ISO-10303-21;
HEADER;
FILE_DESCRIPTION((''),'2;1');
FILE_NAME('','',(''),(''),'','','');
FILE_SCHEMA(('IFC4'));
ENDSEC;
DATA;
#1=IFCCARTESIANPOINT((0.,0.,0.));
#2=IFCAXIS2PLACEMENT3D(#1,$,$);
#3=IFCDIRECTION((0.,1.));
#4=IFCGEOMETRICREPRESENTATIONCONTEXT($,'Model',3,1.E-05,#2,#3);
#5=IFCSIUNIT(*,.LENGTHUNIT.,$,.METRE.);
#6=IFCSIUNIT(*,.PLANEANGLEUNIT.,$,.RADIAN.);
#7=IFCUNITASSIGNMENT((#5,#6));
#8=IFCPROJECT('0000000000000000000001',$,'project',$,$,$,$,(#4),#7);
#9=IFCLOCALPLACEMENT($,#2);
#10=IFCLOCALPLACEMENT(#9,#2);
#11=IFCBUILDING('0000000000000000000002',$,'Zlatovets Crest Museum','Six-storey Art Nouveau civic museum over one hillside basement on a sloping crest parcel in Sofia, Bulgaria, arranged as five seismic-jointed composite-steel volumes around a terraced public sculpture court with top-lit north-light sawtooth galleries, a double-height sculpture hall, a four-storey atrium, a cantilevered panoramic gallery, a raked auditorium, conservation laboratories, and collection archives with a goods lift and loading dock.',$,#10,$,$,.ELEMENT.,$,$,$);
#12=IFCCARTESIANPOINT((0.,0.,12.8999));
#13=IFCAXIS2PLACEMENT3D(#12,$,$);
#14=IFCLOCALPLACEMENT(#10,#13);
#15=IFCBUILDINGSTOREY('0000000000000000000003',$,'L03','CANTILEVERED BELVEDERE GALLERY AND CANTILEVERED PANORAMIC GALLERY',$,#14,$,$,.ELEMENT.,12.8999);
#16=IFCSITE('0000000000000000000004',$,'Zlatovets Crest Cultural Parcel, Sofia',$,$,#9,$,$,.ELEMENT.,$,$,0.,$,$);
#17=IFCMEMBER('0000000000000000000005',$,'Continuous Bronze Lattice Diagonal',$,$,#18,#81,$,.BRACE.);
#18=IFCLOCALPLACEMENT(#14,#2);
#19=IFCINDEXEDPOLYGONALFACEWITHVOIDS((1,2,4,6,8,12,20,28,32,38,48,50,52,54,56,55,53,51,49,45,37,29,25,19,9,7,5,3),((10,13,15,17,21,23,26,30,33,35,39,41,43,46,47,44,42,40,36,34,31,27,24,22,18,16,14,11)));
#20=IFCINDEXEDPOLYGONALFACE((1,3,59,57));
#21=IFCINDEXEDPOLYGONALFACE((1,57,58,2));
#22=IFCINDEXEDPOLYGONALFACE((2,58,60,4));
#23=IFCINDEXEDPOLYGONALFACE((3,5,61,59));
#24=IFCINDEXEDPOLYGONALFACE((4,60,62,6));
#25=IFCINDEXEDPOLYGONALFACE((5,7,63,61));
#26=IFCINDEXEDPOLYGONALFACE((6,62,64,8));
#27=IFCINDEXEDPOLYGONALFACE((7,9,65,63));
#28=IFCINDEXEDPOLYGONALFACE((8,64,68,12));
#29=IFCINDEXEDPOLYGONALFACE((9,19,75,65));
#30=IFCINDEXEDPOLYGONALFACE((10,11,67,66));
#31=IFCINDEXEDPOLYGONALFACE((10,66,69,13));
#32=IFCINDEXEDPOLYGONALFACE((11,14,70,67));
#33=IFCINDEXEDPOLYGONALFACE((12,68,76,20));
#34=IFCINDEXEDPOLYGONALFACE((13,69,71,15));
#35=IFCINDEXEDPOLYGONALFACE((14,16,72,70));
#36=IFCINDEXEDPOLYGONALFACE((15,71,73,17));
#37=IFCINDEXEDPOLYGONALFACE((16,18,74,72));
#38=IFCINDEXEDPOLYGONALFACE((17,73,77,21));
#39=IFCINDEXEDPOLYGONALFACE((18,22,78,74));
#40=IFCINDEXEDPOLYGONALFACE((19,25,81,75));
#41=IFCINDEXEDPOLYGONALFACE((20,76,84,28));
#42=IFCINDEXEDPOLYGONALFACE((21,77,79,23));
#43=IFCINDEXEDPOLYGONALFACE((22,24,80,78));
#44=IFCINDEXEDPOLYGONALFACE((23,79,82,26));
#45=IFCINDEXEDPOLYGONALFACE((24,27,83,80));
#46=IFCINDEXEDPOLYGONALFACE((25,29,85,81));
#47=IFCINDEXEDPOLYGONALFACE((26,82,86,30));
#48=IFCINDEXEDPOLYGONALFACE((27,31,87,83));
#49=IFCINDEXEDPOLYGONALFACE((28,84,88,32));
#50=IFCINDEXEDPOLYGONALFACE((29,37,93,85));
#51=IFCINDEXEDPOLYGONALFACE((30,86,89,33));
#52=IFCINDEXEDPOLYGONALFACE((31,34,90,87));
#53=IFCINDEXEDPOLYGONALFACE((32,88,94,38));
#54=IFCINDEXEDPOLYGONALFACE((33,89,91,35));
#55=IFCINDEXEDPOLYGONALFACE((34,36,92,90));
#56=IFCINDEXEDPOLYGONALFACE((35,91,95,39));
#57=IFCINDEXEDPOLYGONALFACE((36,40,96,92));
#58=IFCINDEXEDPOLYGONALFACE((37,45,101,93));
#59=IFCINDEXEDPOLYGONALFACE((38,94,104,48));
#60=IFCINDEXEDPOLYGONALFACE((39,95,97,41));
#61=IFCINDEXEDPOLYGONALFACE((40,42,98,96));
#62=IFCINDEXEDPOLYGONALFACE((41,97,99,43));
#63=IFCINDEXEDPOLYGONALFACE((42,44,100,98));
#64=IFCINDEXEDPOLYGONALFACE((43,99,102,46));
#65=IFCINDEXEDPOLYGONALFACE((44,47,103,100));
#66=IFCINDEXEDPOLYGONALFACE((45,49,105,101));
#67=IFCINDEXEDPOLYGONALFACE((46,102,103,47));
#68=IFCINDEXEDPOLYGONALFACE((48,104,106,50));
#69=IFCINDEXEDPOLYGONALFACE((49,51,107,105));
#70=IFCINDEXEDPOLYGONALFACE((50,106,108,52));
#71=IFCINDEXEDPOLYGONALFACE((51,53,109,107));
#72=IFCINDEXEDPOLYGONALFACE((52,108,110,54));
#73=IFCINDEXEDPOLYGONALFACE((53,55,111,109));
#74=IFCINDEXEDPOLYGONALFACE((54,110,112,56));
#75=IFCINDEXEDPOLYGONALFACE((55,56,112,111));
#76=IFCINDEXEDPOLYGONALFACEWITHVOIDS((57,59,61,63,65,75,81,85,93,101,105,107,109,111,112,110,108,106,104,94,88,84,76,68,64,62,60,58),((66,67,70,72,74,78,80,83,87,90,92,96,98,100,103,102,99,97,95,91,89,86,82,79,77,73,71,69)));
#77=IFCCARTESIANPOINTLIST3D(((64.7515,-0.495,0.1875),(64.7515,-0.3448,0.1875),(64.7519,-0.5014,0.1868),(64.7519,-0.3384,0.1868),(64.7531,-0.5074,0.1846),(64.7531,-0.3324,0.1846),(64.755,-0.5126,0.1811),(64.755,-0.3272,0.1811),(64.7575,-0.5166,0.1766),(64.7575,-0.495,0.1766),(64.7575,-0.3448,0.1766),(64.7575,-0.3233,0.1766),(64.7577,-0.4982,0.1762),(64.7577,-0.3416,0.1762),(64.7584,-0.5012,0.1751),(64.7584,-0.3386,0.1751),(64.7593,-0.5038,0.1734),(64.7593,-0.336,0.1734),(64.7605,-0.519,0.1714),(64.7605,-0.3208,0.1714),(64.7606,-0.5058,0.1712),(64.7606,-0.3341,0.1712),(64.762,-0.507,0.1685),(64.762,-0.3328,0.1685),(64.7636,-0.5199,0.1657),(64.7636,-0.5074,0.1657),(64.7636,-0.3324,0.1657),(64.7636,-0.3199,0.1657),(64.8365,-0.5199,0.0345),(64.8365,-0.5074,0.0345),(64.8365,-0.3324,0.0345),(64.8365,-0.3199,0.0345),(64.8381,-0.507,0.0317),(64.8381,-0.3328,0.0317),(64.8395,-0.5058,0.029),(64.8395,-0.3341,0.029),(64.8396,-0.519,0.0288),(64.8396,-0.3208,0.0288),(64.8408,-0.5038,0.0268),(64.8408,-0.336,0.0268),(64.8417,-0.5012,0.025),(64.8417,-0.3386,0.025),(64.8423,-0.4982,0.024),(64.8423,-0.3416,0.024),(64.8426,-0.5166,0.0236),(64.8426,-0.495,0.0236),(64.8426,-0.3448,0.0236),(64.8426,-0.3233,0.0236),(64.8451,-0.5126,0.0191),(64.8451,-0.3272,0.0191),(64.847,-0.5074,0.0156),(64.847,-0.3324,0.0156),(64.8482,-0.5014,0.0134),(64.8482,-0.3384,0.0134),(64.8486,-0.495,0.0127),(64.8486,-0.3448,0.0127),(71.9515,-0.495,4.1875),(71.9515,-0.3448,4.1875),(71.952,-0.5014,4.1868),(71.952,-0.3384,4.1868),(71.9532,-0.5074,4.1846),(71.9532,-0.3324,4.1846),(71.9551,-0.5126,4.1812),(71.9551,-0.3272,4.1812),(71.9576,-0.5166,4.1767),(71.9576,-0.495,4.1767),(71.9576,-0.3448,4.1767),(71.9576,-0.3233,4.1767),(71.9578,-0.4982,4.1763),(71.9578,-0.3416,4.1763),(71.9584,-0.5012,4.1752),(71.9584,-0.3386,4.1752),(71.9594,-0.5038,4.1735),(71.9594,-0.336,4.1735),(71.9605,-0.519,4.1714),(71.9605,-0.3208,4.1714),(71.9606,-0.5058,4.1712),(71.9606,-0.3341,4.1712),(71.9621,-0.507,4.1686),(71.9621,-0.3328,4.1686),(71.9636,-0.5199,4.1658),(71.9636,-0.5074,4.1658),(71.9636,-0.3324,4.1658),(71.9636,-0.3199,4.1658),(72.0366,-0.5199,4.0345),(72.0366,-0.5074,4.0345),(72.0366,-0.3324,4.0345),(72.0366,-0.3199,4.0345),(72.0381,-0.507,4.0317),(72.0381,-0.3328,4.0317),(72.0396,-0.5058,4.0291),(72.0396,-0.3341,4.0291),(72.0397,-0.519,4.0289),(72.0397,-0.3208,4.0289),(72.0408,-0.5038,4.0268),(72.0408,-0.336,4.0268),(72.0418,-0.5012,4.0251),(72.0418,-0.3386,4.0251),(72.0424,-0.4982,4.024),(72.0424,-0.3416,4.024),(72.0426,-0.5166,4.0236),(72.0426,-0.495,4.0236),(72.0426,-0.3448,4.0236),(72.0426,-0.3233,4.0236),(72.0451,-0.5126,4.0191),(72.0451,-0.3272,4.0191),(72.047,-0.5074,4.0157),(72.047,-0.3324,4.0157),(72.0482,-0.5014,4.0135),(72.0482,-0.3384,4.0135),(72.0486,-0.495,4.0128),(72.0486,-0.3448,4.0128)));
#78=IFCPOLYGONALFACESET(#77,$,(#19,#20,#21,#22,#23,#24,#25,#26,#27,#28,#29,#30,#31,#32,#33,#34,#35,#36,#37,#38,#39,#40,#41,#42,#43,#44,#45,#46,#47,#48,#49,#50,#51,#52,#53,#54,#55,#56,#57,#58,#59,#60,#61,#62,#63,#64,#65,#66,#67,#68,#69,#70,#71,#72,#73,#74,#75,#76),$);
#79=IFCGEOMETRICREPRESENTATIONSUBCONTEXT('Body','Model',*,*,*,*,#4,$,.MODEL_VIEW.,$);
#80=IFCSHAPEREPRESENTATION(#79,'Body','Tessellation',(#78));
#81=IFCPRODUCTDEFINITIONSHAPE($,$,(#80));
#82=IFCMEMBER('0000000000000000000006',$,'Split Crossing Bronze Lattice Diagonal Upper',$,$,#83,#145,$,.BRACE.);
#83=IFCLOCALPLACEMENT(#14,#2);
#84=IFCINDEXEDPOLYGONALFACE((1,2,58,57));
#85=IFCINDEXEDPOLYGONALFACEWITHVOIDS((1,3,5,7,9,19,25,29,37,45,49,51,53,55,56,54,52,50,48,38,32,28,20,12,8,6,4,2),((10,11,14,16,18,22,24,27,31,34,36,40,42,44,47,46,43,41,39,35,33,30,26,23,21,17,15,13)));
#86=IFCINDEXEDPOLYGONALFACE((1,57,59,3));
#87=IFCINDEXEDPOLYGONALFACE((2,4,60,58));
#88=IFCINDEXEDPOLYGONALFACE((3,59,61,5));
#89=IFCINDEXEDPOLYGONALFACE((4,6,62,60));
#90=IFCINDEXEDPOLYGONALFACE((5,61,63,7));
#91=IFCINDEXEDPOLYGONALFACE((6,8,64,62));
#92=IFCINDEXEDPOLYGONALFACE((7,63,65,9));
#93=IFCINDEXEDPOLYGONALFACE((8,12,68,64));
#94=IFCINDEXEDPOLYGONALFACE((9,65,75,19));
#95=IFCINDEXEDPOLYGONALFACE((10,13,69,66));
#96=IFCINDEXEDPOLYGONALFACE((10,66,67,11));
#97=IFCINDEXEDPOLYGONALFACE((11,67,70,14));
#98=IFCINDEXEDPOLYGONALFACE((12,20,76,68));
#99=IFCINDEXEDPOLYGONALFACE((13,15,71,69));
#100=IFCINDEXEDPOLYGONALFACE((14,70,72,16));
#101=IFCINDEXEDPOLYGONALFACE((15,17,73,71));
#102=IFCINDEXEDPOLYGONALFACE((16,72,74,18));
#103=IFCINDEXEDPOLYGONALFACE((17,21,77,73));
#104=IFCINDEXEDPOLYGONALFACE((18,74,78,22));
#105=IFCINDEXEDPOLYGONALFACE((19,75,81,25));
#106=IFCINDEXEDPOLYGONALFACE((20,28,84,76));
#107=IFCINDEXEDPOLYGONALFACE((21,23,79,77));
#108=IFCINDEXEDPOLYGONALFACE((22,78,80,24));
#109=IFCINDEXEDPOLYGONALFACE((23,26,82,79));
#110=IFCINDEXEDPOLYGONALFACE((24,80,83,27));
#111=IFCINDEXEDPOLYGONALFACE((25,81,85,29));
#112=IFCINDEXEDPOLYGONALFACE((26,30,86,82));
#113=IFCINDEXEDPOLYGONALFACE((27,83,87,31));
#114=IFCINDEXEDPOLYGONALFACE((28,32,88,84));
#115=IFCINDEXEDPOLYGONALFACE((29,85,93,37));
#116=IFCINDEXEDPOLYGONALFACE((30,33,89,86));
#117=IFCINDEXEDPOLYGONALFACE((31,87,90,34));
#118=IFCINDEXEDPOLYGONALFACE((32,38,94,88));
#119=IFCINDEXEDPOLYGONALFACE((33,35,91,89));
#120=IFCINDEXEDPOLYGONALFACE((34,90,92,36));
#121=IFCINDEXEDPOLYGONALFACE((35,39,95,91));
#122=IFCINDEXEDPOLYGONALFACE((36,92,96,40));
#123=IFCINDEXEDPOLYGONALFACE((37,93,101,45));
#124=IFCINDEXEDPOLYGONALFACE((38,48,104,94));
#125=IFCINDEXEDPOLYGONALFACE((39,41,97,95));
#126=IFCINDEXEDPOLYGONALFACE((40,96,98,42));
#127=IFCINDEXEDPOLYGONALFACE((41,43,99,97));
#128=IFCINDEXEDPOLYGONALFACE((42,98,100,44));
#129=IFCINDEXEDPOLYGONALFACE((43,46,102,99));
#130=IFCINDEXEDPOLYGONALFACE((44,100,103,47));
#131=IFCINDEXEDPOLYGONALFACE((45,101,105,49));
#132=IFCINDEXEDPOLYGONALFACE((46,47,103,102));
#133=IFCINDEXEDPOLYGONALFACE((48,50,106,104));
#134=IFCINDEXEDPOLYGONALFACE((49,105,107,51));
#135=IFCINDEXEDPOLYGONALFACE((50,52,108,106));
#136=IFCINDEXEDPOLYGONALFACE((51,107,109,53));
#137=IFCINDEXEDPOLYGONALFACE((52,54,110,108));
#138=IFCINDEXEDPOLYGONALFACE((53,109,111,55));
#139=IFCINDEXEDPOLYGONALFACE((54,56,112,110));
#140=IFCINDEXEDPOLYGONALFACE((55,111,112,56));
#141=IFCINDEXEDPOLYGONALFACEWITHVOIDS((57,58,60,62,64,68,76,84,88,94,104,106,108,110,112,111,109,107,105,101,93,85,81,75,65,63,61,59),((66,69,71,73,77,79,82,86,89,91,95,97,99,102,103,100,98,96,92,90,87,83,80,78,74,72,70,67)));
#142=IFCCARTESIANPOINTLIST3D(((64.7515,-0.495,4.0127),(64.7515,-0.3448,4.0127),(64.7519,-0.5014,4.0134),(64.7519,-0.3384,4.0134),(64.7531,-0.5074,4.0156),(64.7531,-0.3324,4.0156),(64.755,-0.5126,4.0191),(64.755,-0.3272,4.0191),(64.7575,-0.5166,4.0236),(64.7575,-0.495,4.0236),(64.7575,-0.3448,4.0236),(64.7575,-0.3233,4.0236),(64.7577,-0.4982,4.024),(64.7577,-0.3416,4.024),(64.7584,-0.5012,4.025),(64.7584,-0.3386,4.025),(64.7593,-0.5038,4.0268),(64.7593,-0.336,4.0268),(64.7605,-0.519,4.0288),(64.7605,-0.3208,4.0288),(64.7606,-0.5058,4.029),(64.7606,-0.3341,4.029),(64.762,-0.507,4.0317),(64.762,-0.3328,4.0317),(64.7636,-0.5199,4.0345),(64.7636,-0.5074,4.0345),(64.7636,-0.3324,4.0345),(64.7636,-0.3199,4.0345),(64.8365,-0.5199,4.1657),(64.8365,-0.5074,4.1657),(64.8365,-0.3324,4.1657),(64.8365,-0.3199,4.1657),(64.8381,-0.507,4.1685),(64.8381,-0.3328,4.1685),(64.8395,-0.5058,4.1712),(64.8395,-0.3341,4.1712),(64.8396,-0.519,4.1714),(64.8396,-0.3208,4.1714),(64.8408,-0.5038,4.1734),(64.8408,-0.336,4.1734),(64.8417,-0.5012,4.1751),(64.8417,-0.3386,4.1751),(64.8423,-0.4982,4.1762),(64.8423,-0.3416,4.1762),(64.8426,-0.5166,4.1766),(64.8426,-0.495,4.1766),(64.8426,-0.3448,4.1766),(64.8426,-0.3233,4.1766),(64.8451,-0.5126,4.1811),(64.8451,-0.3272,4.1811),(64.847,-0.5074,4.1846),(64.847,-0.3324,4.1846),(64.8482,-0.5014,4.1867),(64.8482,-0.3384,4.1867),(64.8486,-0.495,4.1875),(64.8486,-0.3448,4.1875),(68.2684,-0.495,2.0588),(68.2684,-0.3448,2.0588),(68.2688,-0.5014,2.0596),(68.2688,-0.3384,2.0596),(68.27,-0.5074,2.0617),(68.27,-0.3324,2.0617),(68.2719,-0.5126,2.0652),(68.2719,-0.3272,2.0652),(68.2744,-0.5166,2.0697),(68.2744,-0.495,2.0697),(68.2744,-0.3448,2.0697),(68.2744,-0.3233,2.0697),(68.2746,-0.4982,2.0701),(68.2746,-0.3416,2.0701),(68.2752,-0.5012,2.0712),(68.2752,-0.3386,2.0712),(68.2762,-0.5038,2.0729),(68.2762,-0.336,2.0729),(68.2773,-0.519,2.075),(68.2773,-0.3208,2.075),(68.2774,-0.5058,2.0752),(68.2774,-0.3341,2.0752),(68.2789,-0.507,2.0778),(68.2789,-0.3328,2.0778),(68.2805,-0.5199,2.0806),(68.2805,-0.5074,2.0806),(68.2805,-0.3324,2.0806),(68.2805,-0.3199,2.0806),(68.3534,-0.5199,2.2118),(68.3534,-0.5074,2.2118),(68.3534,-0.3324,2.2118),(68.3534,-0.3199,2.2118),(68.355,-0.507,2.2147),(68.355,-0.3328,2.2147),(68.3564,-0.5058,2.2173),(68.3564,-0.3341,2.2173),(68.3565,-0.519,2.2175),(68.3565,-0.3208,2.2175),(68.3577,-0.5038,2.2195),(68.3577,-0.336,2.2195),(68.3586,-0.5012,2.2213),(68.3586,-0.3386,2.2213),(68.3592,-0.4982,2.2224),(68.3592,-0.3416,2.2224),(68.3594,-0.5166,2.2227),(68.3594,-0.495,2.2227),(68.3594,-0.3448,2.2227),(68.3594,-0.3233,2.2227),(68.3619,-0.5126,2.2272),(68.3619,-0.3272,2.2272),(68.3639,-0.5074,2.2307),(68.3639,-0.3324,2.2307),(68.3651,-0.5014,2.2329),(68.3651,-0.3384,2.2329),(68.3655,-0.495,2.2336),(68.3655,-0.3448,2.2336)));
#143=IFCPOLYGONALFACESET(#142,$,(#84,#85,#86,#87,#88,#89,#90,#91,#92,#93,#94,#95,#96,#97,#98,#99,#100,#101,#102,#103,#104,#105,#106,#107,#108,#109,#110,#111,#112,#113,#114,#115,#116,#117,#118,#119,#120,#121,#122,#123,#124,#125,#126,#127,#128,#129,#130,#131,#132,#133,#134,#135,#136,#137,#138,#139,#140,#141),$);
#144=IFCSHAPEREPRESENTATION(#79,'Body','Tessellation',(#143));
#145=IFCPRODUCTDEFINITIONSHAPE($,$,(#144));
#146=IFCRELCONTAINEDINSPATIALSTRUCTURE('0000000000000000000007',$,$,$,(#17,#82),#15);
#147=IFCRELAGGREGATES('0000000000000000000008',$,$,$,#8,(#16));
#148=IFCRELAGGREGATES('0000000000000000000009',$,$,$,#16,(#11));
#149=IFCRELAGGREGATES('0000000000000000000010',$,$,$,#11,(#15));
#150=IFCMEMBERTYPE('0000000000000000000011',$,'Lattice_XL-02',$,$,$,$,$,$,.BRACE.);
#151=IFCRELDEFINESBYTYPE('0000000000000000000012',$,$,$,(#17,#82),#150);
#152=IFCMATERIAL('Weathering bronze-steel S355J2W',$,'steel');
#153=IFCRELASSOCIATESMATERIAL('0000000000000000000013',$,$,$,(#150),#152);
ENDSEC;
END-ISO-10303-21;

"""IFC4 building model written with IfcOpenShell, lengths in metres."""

from ifc_helpers import new_model, si_unit, direction, frame, origin, origin_2d, place, context, subcontext, project, spatial, hollow_rectangle, extrude, material, material_profile, profile_set, type_object, element, save


model = new_model("IFC4")

# Units and contexts
model_context = context("Model", 3, precision=1e-05, world=origin(), true_north=direction((0.0, 1.0)))
body_context = subcontext(model_context, "Body", "Model", "MODEL_VIEW")
ifc_project = project(units=[si_unit("LENGTHUNIT", "METRE"), si_unit("PLANEANGLEUNIT", "RADIAN")], contexts=[model_context])

# Site, building, storey
site_placement = place(None, origin())
site = spatial("IfcSite", under=ifc_project, at=site_placement, Name="Zlatovets Crest Cultural Parcel, Sofia", CompositionType="ELEMENT", RefElevation=0.0)
building_placement = place(site_placement, origin())
building = spatial("IfcBuilding", under=site, at=building_placement, Name="Zlatovets Crest Museum", Description="Six-storey Art Nouveau civic museum over one hillside basement on a sloping crest parcel in Sofia, Bulgaria, arranged as five seismic-jointed composite-steel volumes around a terraced public sculpture court with top-lit north-light sawtooth galleries, a double-height sculpture hall, a four-storey atrium, a cantilevered panoramic gallery, a raked auditorium, conservation laboratories, and collection archives with a goods lift and loading dock.", CompositionType="ELEMENT")
storey_placement = place(building_placement, frame((0.0, 0.0, 12.8999)))
storey = spatial("IfcBuildingStorey", under=building, at=storey_placement, Name="L03", Description="CANTILEVERED BELVEDERE GALLERY AND CANTILEVERED PANORAMIC GALLERY", CompositionType="ELEMENT", Elevation=12.8999)

# Members
ifc_material_1 = material(Name="Weathering bronze-steel S355J2W", Category="steel")
ifc_material_profile_1 = material_profile(ifc_material_1, hollow_rectangle(XDim=0.2, YDim=0.2, WallThickness=0.0125, InnerFilletRadius=0.0125, OuterFilletRadius=0.0249, at=origin_2d()), Name="SHS 200x200x12.5")
ifc_profile_set_1 = profile_set([ifc_material_profile_1], Name="Weathering bronze-steel S355J2W")
member_type_1 = type_object("IfcMemberType", Name="Lattice_XL-02", PredefinedType="BRACE", material=ifc_profile_set_1)
member_1_placement = place(storey_placement, frame((64.8, -0.4199, 0.1001), z_axis=(0.874156, 0.0, 0.485645), x_axis=(0.0, 1.0, 0.0)))
element("IfcMember", 1, at=member_1_placement, inside=storey, type_object=member_type_1, Name="Continuous Bronze Lattice Diagonal", PredefinedType="BRACE", context=body_context, shape_type="SweptSolid", body=[
    extrude(hollow_rectangle(XDim=0.2, YDim=0.2, WallThickness=0.0125, InnerFilletRadius=0.0125, OuterFilletRadius=0.0249, at=origin_2d()), origin(), (0.0, 0.0, 1.0), 8.2366),
])
member_2_placement = place(storey_placement, frame((64.8, -0.4199, 4.1001), z_axis=(0.874152, 0.0, -0.485653), x_axis=(0.0, 1.0, 0.0)))
element("IfcMember", 2, at=member_2_placement, inside=storey, type_object=member_type_1, Name="Split Crossing Bronze Lattice Diagonal Upper", PredefinedType="BRACE", context=body_context, shape_type="SweptSolid", body=[
    extrude(hollow_rectangle(XDim=0.2, YDim=0.2, WallThickness=0.0125, InnerFilletRadius=0.0125, OuterFilletRadius=0.0249, at=origin_2d()), origin(), (0.0, 0.0, 1.0), 4.0232),
])

save(model, "model.ifc")
